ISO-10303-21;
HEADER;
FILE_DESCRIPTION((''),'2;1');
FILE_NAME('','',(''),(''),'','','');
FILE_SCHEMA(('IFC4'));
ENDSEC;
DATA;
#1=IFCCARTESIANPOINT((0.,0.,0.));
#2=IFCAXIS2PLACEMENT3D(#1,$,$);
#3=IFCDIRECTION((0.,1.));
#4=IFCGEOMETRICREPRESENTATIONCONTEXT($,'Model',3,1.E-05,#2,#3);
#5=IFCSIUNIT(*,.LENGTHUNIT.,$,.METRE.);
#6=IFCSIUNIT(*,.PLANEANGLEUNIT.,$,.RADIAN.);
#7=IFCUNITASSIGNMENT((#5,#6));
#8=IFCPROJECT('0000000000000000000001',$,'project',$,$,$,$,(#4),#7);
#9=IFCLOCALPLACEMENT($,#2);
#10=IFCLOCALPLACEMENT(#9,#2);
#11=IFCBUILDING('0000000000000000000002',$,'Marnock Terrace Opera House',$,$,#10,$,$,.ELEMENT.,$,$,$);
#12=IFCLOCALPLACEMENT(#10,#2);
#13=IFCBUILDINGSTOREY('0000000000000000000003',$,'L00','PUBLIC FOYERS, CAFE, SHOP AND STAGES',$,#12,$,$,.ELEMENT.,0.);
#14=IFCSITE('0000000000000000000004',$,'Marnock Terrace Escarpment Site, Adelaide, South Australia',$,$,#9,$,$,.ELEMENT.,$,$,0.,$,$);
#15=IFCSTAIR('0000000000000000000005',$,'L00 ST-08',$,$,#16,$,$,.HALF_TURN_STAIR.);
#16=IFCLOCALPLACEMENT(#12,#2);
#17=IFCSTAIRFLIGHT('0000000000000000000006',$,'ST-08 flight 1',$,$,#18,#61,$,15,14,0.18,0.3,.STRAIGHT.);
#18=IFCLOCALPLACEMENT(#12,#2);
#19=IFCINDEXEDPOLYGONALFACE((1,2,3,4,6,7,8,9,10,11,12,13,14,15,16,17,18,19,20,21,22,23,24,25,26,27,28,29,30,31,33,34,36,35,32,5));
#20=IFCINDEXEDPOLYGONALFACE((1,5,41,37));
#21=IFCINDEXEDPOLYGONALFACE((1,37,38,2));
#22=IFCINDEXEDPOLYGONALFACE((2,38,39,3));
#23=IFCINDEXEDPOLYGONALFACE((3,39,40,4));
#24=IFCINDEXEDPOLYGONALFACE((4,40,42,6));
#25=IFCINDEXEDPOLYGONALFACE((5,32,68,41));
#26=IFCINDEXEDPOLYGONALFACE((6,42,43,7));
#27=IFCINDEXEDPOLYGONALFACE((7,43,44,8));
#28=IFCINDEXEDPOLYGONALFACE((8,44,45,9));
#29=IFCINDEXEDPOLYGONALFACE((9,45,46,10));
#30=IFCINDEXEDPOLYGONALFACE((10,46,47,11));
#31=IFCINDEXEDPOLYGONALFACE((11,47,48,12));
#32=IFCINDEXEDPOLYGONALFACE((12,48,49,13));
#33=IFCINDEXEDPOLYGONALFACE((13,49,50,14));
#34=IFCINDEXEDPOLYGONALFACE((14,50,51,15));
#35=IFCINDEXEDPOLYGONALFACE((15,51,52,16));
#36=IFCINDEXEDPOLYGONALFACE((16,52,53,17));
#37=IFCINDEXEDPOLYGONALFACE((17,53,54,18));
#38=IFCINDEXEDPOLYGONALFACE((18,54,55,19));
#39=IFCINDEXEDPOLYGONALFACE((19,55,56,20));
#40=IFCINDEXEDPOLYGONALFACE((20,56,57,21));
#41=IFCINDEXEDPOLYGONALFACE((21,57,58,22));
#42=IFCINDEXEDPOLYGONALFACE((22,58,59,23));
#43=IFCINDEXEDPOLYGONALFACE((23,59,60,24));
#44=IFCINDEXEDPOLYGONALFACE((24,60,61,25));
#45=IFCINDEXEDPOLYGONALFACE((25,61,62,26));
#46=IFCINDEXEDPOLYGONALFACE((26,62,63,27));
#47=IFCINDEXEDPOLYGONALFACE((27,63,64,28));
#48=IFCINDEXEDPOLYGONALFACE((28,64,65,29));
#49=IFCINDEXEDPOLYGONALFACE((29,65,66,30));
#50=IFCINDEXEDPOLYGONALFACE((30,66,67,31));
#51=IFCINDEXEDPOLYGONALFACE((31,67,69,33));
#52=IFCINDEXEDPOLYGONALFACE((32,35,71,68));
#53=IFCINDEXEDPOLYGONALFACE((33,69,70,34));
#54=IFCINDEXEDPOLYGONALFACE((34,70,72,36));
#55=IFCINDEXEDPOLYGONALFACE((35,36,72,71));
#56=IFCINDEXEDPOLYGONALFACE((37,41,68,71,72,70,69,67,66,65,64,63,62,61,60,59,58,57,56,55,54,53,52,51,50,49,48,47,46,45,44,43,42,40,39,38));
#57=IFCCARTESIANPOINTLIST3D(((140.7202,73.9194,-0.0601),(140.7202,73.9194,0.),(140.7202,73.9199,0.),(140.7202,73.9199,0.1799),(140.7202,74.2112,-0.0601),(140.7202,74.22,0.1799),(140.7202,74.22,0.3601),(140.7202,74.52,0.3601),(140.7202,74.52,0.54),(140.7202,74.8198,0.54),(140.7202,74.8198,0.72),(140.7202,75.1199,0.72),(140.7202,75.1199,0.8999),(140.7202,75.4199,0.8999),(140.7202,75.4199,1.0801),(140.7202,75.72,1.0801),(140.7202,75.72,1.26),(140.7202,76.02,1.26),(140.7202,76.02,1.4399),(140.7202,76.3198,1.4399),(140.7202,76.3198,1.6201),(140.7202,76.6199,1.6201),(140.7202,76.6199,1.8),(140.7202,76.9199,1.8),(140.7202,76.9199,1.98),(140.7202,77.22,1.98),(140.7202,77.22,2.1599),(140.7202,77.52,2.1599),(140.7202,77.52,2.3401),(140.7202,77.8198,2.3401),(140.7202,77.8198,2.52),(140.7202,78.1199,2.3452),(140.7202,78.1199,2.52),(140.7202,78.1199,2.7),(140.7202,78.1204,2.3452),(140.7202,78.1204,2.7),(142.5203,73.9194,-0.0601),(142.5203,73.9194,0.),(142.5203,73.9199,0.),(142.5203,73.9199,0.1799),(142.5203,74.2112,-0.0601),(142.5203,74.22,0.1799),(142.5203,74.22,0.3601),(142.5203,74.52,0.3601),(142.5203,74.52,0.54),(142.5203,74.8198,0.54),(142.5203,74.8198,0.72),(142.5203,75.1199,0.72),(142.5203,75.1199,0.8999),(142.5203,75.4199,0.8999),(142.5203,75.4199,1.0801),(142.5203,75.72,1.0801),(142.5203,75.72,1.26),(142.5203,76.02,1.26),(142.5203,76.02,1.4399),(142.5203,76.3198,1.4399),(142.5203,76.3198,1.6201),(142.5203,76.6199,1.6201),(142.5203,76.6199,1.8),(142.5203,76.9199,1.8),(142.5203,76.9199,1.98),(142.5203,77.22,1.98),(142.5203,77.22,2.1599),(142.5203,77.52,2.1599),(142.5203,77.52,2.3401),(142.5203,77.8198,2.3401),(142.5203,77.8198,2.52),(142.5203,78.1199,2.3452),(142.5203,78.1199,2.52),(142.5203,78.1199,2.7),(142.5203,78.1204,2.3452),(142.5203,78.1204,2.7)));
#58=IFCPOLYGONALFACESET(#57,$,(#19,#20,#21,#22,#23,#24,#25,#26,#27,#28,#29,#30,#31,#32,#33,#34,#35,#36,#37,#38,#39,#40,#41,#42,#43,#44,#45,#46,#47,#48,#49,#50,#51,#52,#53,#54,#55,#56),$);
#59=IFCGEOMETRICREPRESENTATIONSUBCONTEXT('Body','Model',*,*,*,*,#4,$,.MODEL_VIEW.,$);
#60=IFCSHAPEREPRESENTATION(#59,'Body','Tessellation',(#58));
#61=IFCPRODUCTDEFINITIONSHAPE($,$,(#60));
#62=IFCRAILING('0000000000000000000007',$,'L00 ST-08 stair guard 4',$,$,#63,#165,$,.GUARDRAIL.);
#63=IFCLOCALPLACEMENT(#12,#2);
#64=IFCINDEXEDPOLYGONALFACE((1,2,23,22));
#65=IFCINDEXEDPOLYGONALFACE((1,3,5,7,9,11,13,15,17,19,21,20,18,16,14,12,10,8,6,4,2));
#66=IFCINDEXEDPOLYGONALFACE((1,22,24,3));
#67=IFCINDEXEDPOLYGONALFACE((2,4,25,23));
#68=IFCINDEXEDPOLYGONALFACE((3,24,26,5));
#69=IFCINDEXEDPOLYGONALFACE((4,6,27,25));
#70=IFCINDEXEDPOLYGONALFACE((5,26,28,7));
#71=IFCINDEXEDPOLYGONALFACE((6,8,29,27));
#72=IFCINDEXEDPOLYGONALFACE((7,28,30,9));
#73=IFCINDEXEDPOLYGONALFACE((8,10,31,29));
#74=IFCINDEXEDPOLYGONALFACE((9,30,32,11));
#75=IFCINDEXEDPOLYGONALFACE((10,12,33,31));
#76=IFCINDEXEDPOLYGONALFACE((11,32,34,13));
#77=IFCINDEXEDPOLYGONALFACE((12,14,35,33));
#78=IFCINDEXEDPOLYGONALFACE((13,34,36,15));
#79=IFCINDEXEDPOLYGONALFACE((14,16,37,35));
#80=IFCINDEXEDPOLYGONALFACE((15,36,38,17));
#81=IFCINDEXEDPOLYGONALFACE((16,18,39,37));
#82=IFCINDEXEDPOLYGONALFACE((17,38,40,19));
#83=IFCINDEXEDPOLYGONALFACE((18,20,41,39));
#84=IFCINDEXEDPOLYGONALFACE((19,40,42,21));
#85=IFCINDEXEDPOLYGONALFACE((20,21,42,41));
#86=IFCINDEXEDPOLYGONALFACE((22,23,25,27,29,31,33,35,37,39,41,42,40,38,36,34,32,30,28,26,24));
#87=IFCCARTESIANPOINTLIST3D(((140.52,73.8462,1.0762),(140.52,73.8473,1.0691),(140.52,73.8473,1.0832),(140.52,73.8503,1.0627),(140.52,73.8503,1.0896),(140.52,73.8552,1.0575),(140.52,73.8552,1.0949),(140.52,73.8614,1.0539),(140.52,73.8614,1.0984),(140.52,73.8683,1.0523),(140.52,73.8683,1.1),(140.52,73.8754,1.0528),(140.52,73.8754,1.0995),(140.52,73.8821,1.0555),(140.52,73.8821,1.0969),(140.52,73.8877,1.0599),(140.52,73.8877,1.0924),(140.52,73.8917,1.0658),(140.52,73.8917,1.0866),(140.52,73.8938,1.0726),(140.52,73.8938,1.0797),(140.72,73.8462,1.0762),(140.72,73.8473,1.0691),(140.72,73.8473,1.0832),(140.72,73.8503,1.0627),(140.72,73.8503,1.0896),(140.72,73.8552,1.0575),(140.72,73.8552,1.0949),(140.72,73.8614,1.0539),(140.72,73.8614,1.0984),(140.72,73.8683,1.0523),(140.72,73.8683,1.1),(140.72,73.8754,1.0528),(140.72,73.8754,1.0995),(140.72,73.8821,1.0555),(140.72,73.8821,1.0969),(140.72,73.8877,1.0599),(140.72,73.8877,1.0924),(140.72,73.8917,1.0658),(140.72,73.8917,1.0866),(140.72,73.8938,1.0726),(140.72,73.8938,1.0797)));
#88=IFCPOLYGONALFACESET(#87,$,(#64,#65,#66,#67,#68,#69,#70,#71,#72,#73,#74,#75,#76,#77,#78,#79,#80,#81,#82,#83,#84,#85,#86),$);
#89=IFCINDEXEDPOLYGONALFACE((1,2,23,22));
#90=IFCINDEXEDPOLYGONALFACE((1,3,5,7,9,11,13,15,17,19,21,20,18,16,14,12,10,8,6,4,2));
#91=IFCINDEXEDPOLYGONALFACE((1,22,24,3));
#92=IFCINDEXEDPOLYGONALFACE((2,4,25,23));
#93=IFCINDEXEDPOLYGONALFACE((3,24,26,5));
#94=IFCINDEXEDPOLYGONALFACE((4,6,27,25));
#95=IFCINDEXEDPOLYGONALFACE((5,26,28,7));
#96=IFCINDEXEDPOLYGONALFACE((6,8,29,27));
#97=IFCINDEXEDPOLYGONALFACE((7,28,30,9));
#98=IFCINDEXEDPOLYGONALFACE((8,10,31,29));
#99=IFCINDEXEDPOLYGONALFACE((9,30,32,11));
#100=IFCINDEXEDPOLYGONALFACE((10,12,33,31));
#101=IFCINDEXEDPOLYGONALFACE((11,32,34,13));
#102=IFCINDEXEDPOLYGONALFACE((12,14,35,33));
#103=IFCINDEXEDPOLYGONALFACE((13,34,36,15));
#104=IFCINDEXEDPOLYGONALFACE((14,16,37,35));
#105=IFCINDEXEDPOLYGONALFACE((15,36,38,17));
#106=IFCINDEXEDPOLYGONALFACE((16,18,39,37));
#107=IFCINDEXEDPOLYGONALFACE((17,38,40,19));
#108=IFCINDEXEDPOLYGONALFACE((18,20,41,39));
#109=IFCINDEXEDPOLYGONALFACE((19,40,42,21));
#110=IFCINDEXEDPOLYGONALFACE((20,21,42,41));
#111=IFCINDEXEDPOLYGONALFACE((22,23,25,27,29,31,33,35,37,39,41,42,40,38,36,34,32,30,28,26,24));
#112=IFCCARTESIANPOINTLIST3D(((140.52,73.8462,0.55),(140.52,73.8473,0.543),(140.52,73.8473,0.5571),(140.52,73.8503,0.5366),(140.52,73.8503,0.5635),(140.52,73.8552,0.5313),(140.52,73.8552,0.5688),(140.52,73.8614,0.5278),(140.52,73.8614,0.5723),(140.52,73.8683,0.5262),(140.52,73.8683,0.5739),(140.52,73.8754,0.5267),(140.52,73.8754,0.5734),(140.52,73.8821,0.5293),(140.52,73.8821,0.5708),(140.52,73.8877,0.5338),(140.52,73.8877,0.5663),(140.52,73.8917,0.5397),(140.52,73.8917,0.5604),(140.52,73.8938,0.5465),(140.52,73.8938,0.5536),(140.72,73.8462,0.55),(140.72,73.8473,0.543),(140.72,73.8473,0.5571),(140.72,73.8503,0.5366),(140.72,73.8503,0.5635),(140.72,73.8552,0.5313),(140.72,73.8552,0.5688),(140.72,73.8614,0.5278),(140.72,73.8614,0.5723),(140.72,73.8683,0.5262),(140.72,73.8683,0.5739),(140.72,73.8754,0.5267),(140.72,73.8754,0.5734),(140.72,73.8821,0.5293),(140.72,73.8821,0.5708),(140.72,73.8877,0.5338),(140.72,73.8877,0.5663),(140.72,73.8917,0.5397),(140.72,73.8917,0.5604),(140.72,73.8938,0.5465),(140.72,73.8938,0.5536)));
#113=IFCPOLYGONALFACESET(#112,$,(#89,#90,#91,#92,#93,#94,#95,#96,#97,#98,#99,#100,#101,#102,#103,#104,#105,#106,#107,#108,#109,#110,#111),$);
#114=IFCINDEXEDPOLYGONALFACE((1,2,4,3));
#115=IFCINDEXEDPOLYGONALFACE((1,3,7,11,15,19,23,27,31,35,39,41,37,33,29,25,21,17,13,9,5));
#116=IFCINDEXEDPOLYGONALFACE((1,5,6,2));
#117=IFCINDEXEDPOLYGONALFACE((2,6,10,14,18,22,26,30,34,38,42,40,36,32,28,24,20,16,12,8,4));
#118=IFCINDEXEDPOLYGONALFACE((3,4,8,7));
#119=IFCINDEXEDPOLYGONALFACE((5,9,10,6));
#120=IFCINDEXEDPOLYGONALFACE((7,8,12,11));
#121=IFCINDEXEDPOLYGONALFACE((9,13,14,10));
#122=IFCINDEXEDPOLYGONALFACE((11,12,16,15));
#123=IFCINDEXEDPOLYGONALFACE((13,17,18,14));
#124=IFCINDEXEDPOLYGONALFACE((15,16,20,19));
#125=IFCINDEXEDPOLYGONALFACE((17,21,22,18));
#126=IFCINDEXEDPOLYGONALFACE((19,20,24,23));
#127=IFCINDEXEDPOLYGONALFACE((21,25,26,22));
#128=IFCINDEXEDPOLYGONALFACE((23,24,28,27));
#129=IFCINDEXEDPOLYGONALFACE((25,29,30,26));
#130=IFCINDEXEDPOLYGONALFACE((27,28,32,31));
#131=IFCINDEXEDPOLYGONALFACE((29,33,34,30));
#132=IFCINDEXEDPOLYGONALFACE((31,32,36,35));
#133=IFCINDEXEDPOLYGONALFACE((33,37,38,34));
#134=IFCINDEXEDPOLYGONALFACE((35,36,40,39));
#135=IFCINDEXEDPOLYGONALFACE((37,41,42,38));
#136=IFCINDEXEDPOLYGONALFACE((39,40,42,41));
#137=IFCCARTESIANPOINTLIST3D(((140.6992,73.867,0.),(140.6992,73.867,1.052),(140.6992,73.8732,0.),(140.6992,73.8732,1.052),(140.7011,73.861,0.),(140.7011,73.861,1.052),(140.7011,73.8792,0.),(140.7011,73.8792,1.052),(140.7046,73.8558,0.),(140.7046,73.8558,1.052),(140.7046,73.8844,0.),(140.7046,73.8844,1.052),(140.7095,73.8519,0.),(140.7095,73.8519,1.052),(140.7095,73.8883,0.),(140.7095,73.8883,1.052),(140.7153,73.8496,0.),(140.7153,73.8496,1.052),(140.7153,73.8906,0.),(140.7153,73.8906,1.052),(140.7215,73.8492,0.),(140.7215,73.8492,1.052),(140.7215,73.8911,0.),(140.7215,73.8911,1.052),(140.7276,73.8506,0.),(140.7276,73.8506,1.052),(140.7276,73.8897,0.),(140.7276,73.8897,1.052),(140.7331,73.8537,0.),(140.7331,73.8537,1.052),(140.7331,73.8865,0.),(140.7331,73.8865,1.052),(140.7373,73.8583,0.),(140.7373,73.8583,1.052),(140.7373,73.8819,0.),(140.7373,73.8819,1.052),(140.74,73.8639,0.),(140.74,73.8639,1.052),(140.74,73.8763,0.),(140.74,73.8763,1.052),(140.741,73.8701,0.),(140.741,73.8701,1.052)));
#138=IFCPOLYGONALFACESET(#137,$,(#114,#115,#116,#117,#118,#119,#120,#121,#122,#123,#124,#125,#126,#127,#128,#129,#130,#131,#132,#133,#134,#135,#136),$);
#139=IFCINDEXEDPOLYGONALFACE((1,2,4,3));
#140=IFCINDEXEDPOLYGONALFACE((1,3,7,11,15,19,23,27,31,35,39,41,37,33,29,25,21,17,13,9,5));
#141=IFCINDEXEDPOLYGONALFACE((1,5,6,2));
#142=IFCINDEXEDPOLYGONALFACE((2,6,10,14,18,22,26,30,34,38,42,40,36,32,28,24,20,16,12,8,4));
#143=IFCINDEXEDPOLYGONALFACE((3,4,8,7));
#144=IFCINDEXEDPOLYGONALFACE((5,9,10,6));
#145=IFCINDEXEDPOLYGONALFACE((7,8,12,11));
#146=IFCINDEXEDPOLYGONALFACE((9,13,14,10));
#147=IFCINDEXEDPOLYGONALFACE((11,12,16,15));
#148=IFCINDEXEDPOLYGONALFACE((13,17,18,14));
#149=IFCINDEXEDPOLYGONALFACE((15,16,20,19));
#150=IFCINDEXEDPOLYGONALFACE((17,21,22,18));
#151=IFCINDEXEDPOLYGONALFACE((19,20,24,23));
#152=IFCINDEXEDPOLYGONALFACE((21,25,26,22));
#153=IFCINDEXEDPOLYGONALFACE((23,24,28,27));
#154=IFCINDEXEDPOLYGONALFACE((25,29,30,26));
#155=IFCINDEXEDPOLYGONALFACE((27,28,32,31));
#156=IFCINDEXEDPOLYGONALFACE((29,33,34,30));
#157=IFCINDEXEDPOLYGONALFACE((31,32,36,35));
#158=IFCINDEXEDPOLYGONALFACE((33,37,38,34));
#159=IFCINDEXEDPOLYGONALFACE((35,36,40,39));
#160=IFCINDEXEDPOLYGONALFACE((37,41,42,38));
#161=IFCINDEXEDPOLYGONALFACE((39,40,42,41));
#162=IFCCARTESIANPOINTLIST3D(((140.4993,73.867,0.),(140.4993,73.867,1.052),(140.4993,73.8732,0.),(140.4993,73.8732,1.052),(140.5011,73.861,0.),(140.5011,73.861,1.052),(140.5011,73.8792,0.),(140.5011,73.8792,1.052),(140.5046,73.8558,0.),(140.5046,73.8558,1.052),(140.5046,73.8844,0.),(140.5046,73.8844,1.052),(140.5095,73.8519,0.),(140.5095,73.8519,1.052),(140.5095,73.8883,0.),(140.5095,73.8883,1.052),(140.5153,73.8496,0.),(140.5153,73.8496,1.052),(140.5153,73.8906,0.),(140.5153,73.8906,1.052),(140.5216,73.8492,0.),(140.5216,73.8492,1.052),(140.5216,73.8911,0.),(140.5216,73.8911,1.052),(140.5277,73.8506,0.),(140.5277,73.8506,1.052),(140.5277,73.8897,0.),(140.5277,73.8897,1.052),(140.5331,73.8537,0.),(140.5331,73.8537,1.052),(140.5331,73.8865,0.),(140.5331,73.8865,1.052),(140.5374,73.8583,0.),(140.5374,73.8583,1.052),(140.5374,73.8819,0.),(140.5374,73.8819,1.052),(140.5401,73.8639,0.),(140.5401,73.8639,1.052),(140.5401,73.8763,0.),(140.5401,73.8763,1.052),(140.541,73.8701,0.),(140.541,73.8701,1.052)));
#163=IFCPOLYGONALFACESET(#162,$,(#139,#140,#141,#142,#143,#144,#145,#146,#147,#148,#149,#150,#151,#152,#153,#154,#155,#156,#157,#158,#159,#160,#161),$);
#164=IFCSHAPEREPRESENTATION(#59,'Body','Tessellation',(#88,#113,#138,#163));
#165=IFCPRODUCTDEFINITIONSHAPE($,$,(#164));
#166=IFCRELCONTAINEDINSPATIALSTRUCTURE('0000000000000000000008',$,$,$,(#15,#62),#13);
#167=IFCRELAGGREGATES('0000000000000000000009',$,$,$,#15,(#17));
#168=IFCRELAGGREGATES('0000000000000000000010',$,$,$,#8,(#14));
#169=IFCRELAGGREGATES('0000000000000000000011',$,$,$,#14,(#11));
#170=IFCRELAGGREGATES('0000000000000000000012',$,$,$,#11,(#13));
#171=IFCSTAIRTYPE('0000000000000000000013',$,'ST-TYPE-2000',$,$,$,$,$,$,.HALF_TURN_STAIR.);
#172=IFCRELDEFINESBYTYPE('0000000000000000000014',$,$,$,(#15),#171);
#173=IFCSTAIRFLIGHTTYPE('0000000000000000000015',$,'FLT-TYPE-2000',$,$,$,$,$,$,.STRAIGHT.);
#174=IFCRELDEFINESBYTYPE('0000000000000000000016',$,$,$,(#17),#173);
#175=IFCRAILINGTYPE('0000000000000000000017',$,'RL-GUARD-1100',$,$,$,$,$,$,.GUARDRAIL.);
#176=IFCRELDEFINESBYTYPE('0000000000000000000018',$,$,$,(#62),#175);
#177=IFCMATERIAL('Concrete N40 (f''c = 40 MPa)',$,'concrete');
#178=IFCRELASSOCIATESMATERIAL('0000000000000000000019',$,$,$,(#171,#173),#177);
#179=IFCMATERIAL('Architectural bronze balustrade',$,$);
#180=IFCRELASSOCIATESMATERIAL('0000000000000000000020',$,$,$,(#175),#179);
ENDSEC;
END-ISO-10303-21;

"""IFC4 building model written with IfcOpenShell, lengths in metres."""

from ifc_helpers import new_model, si_unit, direction, frame, origin, origin_2d, place, context, subcontext, project, spatial, polyline, circle, outline, extrude, material, type_object, element, aggregate, save


model = new_model("IFC4")

# Units and contexts
model_context = context("Model", 3, precision=1e-05, world=origin(), true_north=direction((0.0, 1.0)))
body_context = subcontext(model_context, "Body", "Model", "MODEL_VIEW")
ifc_project = project(units=[si_unit("LENGTHUNIT", "METRE"), si_unit("PLANEANGLEUNIT", "RADIAN")], contexts=[model_context])

# Site, building, storey
site_placement = place(None, origin())
site = spatial("IfcSite", under=ifc_project, at=site_placement, Name="Marnock Terrace Escarpment Site, Adelaide, South Australia", CompositionType="ELEMENT", RefElevation=0.0)
building_placement = place(site_placement, origin())
building = spatial("IfcBuilding", under=site, at=building_placement, Name="Marnock Terrace Opera House", CompositionType="ELEMENT")
storey_placement = place(building_placement, origin())
storey = spatial("IfcBuildingStorey", under=building, at=storey_placement, Name="L00", Description="PUBLIC FOYERS, CAFE, SHOP AND STAGES", CompositionType="ELEMENT", Elevation=0.0)

# Shared definitions
ifc_material_1 = material(Name="Concrete N40 (f'c = 40 MPa)", Category="concrete")

# Stair, stair flight
stair_type = type_object("IfcStairType", Name="ST-TYPE-2000", PredefinedType="HALF_TURN_STAIR", material=ifc_material_1)
stair_placement = place(storey_placement, origin())
stair = element("IfcStair", 1, at=stair_placement, inside=storey, type_object=stair_type, Name="L00 ST-08", PredefinedType="HALF_TURN_STAIR")
stair_flight_type = type_object("IfcStairFlightType", Name="FLT-TYPE-2000", PredefinedType="STRAIGHT", material=ifc_material_1)
stair_flight_placement = place(storey_placement, frame((141.6201, 73.9199, 0.0), z_axis=(0.0, 0.0, 1.0), x_axis=(0.0, 1.0, 0.0)))
stair_flight = element("IfcStairFlight", 2, at=stair_flight_placement, type_object=stair_flight_type, Name="ST-08 flight 1", NumberOfRisers=15, NumberOfTreads=14, PredefinedType="STRAIGHT", RiserHeight=0.18, TreadLength=0.3, context=body_context, shape_type="SweptSolid", body=[
    extrude(outline(polyline([(-0.0005, -0.0601), (-0.0005, 0.0), (0.0, 0.0), (0.0, 0.1799), (0.3, 0.1799), (0.3, 0.3601), (0.6001, 0.3601), (0.6001, 0.54), (0.8999, 0.54), (0.8999, 0.72), (1.2, 0.72), (1.2, 0.8999), (1.5, 0.8999), (1.5, 1.0801), (1.8, 1.0801), (1.8, 1.26), (2.1001, 1.26), (2.1001, 1.4399), (2.3999, 1.4399), (2.3999, 1.6201), (2.7, 1.6201), (2.7, 1.8), (3.0, 1.8), (3.0, 1.98), (3.3, 1.98), (3.3, 2.1599), (3.6001, 2.1599), (3.6001, 2.3401), (3.8999, 2.3401), (3.8999, 2.52), (4.2, 2.52), (4.2, 2.7), (4.2004, 2.7), (4.2004, 2.3452), (4.2, 2.3452), (0.2913, -0.0601), (-0.0005, -0.0601)])), frame((0.0, 0.8999, 0.0), z_axis=(0.0, -1.0, 0.0), x_axis=(1.0, 0.0, 0.0)), (0.0, 0.0, 1.0), 1.8),
])
aggregate(stair, [stair_flight])

# Railing
ifc_material_2 = material(Name="Architectural bronze balustrade")
railing_type_1 = type_object("IfcRailingType", Name="RL-GUARD-1100", PredefinedType="GUARDRAIL", material=ifc_material_2)
railing_1_placement = place(storey_placement, frame((140.72, 73.8701, 0.0)))
element("IfcRailing", 3, at=railing_1_placement, inside=storey, type_object=railing_type_1, Name="L00 ST-08 stair guard 4", PredefinedType="GUARDRAIL", context=body_context, shape_type="SweptSolid", body=[
    extrude(circle(Radius=0.0239, at=origin_2d()), frame((0.0, 0.0, 1.0762), z_axis=(-1.0, 0.0, 0.0), x_axis=(0.0, -1.0, 0.0)), (0.0, 0.0, 1.0), 0.2),
    extrude(circle(Radius=0.0239, at=origin_2d()), frame((0.0, 0.0, 0.55), z_axis=(-1.0, 0.0, 0.0), x_axis=(0.0, -1.0, 0.0)), (0.0, 0.0, 1.0), 0.2),
    extrude(circle(Radius=0.021, at=origin_2d()), origin(), (0.0, 0.0, 1.0), 1.052),
    extrude(circle(Radius=0.021, at=origin_2d()), frame((-0.2, 0.0, 0.0)), (0.0, 0.0, 1.0), 1.052),
])

save(model, "model.ifc")
